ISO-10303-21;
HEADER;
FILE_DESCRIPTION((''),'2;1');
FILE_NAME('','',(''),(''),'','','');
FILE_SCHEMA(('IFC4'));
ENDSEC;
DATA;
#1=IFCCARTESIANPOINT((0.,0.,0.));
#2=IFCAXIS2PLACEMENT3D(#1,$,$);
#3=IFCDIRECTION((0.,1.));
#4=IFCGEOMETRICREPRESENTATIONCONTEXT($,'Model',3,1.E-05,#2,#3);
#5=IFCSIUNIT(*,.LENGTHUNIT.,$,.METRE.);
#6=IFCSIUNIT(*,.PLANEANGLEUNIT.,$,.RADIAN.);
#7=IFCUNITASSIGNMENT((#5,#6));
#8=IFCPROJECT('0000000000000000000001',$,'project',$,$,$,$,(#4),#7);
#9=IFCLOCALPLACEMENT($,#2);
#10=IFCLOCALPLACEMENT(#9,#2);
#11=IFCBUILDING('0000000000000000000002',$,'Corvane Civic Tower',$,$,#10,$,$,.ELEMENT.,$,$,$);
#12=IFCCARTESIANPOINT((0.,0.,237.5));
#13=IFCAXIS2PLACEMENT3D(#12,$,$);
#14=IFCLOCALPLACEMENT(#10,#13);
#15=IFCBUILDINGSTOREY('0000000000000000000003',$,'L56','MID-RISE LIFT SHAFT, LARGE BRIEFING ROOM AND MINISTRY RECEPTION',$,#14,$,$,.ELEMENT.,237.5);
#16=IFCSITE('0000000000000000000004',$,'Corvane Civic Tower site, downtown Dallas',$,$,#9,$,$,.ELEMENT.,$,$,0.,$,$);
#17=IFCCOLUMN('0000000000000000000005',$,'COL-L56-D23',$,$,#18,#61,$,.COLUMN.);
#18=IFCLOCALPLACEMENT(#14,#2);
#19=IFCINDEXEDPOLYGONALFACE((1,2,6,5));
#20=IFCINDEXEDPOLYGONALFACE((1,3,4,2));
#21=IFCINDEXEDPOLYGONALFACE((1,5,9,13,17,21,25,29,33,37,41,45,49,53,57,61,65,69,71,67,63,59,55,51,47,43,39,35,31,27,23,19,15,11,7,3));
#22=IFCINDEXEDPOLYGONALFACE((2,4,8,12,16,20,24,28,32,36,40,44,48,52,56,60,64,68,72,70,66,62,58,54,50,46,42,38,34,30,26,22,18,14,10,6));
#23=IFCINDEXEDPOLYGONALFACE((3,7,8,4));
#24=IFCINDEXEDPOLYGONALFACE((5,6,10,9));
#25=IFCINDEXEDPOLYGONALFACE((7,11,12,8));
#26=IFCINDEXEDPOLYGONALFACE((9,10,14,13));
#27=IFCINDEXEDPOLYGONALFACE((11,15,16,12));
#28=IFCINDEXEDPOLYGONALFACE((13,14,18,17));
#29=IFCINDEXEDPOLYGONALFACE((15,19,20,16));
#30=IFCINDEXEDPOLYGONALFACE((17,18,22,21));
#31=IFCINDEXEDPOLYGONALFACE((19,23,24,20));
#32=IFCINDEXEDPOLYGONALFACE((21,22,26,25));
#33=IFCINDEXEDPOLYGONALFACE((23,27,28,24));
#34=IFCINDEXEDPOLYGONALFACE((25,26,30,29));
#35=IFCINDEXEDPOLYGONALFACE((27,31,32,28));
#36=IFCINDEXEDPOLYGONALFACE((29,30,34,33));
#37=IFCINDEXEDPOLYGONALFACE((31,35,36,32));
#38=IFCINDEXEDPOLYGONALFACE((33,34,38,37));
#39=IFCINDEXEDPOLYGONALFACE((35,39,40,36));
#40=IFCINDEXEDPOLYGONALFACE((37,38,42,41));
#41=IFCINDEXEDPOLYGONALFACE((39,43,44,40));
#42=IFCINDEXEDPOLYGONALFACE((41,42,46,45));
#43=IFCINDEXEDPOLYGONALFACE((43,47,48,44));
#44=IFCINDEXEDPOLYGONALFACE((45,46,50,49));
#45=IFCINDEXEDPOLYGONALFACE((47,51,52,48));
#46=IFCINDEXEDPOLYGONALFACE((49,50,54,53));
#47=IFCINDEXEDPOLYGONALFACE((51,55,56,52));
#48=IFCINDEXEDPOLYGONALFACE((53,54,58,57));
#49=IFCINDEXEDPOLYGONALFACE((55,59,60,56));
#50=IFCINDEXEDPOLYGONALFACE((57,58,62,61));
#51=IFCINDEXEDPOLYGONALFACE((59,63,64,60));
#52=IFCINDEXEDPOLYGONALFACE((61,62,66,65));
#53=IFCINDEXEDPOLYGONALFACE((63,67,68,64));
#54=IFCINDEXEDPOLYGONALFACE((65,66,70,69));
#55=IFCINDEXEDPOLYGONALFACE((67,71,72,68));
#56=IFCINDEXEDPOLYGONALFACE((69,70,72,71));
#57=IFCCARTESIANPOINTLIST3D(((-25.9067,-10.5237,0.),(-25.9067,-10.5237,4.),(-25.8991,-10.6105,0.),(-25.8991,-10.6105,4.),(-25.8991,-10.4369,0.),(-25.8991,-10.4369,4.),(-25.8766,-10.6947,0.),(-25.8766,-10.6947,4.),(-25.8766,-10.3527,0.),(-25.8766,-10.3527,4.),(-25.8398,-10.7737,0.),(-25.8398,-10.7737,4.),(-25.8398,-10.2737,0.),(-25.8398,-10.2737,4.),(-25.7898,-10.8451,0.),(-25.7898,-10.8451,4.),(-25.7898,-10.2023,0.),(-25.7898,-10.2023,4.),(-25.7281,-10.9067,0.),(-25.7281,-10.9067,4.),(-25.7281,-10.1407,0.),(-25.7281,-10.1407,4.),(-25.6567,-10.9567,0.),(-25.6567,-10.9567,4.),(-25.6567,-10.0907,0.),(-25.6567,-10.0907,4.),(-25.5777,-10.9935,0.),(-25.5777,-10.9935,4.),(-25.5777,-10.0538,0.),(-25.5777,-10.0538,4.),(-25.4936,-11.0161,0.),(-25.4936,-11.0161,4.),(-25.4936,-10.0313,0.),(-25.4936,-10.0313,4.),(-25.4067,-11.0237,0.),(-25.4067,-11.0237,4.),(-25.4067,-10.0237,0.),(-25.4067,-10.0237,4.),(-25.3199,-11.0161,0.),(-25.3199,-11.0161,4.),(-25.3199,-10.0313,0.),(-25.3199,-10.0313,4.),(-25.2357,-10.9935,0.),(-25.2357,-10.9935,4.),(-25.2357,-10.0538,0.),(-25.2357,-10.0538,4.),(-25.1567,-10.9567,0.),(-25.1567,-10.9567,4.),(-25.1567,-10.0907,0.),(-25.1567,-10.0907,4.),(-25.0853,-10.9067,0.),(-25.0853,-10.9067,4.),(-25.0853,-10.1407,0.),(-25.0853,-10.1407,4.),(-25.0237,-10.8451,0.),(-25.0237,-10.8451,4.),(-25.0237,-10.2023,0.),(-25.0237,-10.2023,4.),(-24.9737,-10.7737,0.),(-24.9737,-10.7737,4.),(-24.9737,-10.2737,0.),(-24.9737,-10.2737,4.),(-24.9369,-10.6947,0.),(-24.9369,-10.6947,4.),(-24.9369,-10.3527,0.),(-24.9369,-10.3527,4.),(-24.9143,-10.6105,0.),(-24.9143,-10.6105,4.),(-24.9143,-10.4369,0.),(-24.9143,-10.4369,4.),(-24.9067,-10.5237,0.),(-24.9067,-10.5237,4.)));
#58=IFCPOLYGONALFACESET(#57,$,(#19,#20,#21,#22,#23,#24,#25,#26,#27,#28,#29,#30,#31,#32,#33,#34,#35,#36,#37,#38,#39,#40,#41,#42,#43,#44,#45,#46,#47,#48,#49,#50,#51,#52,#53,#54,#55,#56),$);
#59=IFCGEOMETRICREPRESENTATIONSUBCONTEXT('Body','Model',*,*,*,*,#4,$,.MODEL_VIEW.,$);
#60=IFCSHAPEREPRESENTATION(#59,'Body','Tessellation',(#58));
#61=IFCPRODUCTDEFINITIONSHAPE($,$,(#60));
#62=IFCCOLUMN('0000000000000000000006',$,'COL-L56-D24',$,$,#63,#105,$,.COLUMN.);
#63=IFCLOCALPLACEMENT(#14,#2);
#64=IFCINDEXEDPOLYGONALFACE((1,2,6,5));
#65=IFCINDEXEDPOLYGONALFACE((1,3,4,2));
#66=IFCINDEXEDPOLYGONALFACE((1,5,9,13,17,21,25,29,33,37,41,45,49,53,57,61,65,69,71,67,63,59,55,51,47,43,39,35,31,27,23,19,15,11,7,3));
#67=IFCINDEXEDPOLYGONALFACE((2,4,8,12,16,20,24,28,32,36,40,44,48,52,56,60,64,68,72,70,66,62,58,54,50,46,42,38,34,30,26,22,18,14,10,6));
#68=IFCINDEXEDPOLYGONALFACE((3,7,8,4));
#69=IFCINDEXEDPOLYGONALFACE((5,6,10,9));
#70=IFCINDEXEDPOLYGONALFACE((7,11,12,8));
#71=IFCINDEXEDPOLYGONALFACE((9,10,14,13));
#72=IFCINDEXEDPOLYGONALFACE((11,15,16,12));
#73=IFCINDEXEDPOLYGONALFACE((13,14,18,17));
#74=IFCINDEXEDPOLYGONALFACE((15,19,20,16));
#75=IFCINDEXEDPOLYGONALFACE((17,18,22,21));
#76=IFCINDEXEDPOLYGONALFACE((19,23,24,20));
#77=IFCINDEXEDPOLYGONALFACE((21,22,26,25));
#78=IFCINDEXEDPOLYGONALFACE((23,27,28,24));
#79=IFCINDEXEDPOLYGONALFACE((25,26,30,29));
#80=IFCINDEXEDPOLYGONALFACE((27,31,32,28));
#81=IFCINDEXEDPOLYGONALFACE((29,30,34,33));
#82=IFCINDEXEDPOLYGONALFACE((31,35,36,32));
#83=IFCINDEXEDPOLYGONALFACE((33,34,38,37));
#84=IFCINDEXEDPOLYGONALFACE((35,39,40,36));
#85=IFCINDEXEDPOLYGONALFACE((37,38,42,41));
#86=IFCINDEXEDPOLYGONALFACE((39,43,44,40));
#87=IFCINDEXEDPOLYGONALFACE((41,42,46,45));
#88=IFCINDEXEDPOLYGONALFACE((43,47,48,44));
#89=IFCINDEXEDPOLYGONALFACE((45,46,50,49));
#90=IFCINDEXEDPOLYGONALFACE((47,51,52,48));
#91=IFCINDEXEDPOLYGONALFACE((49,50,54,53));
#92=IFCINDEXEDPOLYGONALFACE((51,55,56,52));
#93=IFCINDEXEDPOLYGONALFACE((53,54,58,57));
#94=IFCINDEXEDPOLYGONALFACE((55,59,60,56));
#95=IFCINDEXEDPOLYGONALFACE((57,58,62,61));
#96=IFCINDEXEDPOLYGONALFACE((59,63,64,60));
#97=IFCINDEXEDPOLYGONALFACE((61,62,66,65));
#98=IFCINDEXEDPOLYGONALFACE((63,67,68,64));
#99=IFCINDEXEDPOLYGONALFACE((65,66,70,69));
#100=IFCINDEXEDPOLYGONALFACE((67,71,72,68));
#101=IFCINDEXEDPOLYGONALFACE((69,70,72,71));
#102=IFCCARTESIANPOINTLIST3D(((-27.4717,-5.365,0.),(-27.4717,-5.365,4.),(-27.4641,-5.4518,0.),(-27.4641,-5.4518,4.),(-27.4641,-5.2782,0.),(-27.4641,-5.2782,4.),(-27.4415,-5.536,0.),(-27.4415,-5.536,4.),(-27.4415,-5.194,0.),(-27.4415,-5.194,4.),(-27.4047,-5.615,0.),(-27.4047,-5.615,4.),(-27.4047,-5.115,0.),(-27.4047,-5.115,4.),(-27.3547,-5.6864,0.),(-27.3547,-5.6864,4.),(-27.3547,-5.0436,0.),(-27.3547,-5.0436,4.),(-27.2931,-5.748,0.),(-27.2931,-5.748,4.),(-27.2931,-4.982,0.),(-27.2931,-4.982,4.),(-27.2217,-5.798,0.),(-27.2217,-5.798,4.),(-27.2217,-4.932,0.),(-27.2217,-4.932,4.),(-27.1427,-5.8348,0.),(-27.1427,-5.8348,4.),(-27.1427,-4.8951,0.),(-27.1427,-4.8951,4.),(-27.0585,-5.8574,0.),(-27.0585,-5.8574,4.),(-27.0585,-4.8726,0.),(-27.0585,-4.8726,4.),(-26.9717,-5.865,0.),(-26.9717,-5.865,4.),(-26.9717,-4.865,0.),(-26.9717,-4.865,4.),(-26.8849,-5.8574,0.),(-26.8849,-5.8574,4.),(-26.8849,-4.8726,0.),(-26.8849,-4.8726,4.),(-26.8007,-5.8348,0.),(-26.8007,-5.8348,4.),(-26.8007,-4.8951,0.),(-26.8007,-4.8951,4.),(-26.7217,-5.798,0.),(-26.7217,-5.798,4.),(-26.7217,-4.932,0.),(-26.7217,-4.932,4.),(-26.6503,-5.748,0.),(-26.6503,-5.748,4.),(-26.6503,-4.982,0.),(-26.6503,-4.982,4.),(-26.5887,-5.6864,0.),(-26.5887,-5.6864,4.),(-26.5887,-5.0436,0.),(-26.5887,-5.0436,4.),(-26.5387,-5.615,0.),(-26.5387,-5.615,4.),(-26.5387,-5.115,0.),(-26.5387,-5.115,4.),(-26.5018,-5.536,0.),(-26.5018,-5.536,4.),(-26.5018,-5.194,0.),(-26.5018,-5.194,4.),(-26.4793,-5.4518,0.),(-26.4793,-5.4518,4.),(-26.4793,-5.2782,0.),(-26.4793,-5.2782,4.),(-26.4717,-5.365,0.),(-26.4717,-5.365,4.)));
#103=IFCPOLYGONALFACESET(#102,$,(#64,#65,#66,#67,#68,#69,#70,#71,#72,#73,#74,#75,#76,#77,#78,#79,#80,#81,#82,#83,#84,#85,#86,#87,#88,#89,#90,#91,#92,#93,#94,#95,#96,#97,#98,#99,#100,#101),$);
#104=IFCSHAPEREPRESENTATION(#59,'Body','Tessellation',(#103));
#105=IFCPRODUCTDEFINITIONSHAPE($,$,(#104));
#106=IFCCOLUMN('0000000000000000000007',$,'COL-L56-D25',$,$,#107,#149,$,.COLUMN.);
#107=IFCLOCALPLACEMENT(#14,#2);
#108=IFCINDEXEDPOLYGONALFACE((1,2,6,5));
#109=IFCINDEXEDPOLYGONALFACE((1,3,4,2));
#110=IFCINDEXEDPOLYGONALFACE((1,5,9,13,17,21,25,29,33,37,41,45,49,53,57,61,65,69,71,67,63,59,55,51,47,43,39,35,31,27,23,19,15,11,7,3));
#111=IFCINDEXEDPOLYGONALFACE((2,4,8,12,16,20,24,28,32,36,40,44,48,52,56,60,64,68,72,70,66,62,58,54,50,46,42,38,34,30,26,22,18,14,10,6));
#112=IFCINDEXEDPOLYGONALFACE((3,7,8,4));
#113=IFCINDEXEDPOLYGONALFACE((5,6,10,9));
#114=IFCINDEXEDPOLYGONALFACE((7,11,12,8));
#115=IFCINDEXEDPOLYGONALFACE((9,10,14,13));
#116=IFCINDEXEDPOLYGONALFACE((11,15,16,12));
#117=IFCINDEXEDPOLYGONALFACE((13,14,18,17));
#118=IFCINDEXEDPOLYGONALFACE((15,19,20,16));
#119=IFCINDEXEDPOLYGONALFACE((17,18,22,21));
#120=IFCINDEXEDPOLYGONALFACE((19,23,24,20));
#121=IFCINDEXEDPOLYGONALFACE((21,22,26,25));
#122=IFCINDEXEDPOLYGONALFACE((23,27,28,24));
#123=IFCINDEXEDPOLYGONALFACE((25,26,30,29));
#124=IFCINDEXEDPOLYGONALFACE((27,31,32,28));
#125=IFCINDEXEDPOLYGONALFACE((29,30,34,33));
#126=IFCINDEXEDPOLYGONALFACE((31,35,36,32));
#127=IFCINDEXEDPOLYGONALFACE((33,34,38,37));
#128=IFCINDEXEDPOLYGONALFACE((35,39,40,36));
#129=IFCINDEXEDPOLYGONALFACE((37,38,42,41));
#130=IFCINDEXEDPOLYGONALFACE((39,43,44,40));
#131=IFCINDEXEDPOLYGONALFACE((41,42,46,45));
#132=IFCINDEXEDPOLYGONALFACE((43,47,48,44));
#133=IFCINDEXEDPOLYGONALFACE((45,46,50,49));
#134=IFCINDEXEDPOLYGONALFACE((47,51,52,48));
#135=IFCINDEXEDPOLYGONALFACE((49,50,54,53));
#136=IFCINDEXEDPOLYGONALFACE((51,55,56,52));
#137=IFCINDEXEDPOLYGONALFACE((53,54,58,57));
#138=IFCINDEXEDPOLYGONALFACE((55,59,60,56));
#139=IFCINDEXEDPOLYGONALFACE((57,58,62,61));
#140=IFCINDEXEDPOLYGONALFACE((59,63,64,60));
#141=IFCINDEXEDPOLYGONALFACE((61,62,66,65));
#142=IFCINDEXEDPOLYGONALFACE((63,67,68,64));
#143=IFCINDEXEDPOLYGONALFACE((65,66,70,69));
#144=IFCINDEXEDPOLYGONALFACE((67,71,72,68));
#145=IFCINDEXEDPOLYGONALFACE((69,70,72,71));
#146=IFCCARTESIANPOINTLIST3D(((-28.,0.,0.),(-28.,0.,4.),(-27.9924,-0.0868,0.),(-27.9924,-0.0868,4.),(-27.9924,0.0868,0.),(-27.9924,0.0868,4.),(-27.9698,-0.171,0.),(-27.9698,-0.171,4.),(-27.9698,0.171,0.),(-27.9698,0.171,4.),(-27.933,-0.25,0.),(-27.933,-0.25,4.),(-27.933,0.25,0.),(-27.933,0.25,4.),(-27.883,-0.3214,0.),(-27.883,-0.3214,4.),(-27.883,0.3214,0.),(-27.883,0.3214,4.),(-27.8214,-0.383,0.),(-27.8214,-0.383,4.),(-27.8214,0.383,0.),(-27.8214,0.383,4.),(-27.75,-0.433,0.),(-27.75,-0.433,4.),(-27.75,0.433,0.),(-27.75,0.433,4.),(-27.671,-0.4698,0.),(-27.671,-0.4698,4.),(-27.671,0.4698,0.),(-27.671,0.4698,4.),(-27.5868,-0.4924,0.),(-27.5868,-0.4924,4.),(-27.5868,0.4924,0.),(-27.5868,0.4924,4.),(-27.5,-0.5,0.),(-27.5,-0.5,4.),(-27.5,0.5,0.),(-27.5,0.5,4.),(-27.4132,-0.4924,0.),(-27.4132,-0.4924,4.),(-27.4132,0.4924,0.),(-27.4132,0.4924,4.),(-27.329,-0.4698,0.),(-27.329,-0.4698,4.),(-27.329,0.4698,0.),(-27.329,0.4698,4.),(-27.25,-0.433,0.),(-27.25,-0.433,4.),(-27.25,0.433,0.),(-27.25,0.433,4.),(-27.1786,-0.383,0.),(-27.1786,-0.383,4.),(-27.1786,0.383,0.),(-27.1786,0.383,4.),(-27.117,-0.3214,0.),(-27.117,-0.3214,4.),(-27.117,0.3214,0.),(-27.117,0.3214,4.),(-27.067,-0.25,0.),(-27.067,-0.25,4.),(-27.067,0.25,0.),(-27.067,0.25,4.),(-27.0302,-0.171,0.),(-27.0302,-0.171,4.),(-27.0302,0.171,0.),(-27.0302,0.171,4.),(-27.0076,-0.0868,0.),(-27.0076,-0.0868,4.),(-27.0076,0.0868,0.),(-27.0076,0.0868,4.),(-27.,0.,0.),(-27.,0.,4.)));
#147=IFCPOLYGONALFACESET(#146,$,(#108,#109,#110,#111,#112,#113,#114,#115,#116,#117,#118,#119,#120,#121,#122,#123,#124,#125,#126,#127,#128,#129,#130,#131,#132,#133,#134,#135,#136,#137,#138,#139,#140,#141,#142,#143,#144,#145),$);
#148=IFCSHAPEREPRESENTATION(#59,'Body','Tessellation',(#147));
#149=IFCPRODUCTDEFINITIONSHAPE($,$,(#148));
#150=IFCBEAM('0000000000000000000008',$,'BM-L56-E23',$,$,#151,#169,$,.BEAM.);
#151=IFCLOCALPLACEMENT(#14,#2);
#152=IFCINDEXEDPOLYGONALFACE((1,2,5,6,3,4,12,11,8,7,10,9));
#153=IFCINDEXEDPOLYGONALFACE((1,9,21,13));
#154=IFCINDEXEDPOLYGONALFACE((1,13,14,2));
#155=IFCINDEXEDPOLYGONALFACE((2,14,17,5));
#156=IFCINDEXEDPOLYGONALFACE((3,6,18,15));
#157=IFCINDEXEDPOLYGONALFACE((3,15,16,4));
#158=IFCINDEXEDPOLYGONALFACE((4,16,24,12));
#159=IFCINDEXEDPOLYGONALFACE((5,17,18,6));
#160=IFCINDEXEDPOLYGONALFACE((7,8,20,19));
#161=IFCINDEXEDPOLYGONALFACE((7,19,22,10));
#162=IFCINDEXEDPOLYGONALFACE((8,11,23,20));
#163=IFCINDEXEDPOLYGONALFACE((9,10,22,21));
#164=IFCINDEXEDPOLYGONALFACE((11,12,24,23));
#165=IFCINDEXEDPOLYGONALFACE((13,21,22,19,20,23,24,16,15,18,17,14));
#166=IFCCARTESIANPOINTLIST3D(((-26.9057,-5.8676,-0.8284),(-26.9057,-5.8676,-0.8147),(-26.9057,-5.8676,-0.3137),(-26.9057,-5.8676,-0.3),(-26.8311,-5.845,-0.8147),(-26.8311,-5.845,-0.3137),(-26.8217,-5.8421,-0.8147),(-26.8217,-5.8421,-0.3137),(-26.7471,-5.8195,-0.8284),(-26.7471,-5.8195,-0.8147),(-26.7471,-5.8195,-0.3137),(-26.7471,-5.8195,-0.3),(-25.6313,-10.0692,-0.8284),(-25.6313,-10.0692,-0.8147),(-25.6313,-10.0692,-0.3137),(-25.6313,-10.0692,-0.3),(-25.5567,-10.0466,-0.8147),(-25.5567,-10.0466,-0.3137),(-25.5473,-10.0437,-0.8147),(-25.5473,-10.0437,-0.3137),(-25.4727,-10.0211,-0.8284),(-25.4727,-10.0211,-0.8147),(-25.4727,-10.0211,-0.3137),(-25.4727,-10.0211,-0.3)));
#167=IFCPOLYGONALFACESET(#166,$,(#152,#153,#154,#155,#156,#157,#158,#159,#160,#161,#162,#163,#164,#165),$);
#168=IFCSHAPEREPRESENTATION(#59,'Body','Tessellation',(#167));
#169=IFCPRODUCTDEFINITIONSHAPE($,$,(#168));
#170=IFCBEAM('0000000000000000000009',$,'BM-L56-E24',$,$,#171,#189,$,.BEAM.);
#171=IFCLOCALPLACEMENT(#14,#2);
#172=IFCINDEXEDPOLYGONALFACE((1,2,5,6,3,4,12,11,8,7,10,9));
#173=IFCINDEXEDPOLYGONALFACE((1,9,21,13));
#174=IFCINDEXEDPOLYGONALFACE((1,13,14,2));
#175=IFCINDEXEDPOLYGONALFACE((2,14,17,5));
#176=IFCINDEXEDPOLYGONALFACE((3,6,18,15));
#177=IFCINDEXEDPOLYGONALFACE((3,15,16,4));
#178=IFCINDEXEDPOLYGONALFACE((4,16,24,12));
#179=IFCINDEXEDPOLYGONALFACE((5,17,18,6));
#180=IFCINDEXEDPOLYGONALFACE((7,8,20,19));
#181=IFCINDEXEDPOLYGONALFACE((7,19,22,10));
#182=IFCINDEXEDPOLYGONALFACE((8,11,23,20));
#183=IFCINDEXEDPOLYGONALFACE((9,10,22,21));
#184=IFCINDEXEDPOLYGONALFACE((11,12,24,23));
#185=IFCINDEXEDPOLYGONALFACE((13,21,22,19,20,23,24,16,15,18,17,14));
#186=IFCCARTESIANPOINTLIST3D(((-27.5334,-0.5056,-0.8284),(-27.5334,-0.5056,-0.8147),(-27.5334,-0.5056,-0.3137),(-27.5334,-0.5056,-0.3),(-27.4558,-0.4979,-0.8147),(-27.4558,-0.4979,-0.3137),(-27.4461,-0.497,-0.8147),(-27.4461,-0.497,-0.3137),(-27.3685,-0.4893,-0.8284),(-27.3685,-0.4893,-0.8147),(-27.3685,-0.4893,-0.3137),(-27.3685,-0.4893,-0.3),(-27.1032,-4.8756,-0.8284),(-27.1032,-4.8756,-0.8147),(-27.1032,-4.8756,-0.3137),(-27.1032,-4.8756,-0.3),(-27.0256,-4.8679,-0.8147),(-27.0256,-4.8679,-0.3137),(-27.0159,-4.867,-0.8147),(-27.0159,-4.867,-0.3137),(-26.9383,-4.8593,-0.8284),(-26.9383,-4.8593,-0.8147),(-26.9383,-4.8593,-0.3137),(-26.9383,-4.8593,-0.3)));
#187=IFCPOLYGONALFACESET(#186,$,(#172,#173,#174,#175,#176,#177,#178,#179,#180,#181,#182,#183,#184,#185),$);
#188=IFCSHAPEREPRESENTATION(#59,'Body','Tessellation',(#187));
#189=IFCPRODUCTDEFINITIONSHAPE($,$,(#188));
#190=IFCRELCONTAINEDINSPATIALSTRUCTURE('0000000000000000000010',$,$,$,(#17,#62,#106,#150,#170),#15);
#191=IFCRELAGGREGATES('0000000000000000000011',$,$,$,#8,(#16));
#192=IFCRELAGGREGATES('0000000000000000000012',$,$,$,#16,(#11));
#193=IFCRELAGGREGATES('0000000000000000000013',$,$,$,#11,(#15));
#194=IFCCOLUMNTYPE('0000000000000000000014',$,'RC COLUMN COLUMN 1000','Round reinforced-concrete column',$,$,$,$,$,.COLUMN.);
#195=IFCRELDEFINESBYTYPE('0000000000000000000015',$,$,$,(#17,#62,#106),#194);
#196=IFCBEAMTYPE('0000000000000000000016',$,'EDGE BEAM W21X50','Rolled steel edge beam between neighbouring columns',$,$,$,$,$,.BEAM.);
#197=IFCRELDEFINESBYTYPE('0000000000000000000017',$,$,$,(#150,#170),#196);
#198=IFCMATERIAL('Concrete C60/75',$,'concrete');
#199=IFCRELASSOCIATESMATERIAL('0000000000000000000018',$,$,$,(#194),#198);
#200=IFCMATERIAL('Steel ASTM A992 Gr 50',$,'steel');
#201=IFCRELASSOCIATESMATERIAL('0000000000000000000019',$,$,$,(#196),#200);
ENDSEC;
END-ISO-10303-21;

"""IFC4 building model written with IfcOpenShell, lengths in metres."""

from ifc_helpers import new_model, si_unit, direction, frame, origin, origin_2d, place, context, subcontext, project, spatial, circle, i_section, extrude, material, material_profile, profile_set, type_object, element, save


model = new_model("IFC4")

# Units and contexts
model_context = context("Model", 3, precision=1e-05, world=origin(), true_north=direction((0.0, 1.0)))
body_context = subcontext(model_context, "Body", "Model", "MODEL_VIEW")
ifc_project = project(units=[si_unit("LENGTHUNIT", "METRE"), si_unit("PLANEANGLEUNIT", "RADIAN")], contexts=[model_context])

# Site, building, storey
site_placement = place(None, origin())
site = spatial("IfcSite", under=ifc_project, at=site_placement, Name="Corvane Civic Tower site, downtown Dallas", CompositionType="ELEMENT", RefElevation=0.0)
building_placement = place(site_placement, origin())
building = spatial("IfcBuilding", under=site, at=building_placement, Name="Corvane Civic Tower", CompositionType="ELEMENT")
storey_placement = place(building_placement, frame((0.0, 0.0, 237.5)))
storey = spatial("IfcBuildingStorey", under=building, at=storey_placement, Name="L56", Description="MID-RISE LIFT SHAFT, LARGE BRIEFING ROOM AND MINISTRY RECEPTION", CompositionType="ELEMENT", Elevation=237.5)

# Columns
ifc_material_1 = material(Name="Concrete C60/75", Category="concrete")
ifc_material_profile_1 = material_profile(ifc_material_1, circle(Radius=0.5, at=origin_2d()), Name="COLUMN 1000")
ifc_profile_set_1 = profile_set([ifc_material_profile_1], Name="Concrete C60/75")
column_type = type_object("IfcColumnType", Name="RC COLUMN COLUMN 1000", Description="Round reinforced-concrete column", PredefinedType="COLUMN", material=ifc_profile_set_1)
for number, where, z_axis, x_axis, name in (
    (1, (-25.4067, -10.5237, 0.0), (0.0, 0.0, 1.0), (1.0, 0.0, 0.0), "COL-L56-D23"),
    (2, (-26.9717, -5.365, 0.0), (0.0, 0.0, 1.0), (1.0, 0.0, 0.0), "COL-L56-D24"),
    (3, (-27.5, 0.0, 0.0), (0.0, 0.0, 1.0), (1.0, 0.0, 0.0), "COL-L56-D25"),
):
    element("IfcColumn", number, at=place(storey_placement, frame(where, z_axis=z_axis, x_axis=x_axis)), inside=storey, type_object=column_type, Name=name, PredefinedType="COLUMN", context=body_context, shape_type="SweptSolid", body=[
        extrude(circle(Radius=0.5, at=origin_2d()), origin(), (0.0, 0.0, 1.0), 4.0),
    ])

# Beams
ifc_material_2 = material(Name="Steel ASTM A992 Gr 50", Category="steel")
ifc_material_profile_2 = material_profile(ifc_material_2, i_section(OverallWidth=0.1658, OverallDepth=0.5283, WebThickness=0.0098, FlangeThickness=0.0137, at=origin_2d()), Name="W21X50")
ifc_profile_set_2 = profile_set([ifc_material_profile_2], Name="Steel ASTM A992 Gr 50")
beam_type_1 = type_object("IfcBeamType", Name="EDGE BEAM W21X50", Description="Rolled steel edge beam between neighbouring columns", PredefinedType="BEAM", material=ifc_profile_set_2)
beam_1_placement = place(storey_placement, frame((-25.552, -10.0452, -0.5642), z_axis=(-0.290254, 0.95695, 0.0), x_axis=(-0.95695, -0.290254, 0.0)))
element("IfcBeam", 4, at=beam_1_placement, inside=storey, type_object=beam_type_1, Name="BM-L56-E23", PredefinedType="BEAM", context=body_context, shape_type="SweptSolid", body=[
    extrude(i_section(OverallWidth=0.1658, OverallDepth=0.5283, WebThickness=0.0098, FlangeThickness=0.0137, at=origin_2d()), origin(), (0.0, 0.0, 1.0), 4.3906),
])
beam_2_placement = place(storey_placement, frame((-27.0208, -4.8674, -0.5642), z_axis=(-0.097968, 0.99519, 0.0), x_axis=(-0.99519, -0.097968, 0.0)))
element("IfcBeam", 5, at=beam_2_placement, inside=storey, type_object=beam_type_1, Name="BM-L56-E24", PredefinedType="BEAM", context=body_context, shape_type="SweptSolid", body=[
    extrude(i_section(OverallWidth=0.1658, OverallDepth=0.5283, WebThickness=0.0098, FlangeThickness=0.0137, at=origin_2d()), origin(), (0.0, 0.0, 1.0), 4.3911),
])

save(model, "model.ifc")
